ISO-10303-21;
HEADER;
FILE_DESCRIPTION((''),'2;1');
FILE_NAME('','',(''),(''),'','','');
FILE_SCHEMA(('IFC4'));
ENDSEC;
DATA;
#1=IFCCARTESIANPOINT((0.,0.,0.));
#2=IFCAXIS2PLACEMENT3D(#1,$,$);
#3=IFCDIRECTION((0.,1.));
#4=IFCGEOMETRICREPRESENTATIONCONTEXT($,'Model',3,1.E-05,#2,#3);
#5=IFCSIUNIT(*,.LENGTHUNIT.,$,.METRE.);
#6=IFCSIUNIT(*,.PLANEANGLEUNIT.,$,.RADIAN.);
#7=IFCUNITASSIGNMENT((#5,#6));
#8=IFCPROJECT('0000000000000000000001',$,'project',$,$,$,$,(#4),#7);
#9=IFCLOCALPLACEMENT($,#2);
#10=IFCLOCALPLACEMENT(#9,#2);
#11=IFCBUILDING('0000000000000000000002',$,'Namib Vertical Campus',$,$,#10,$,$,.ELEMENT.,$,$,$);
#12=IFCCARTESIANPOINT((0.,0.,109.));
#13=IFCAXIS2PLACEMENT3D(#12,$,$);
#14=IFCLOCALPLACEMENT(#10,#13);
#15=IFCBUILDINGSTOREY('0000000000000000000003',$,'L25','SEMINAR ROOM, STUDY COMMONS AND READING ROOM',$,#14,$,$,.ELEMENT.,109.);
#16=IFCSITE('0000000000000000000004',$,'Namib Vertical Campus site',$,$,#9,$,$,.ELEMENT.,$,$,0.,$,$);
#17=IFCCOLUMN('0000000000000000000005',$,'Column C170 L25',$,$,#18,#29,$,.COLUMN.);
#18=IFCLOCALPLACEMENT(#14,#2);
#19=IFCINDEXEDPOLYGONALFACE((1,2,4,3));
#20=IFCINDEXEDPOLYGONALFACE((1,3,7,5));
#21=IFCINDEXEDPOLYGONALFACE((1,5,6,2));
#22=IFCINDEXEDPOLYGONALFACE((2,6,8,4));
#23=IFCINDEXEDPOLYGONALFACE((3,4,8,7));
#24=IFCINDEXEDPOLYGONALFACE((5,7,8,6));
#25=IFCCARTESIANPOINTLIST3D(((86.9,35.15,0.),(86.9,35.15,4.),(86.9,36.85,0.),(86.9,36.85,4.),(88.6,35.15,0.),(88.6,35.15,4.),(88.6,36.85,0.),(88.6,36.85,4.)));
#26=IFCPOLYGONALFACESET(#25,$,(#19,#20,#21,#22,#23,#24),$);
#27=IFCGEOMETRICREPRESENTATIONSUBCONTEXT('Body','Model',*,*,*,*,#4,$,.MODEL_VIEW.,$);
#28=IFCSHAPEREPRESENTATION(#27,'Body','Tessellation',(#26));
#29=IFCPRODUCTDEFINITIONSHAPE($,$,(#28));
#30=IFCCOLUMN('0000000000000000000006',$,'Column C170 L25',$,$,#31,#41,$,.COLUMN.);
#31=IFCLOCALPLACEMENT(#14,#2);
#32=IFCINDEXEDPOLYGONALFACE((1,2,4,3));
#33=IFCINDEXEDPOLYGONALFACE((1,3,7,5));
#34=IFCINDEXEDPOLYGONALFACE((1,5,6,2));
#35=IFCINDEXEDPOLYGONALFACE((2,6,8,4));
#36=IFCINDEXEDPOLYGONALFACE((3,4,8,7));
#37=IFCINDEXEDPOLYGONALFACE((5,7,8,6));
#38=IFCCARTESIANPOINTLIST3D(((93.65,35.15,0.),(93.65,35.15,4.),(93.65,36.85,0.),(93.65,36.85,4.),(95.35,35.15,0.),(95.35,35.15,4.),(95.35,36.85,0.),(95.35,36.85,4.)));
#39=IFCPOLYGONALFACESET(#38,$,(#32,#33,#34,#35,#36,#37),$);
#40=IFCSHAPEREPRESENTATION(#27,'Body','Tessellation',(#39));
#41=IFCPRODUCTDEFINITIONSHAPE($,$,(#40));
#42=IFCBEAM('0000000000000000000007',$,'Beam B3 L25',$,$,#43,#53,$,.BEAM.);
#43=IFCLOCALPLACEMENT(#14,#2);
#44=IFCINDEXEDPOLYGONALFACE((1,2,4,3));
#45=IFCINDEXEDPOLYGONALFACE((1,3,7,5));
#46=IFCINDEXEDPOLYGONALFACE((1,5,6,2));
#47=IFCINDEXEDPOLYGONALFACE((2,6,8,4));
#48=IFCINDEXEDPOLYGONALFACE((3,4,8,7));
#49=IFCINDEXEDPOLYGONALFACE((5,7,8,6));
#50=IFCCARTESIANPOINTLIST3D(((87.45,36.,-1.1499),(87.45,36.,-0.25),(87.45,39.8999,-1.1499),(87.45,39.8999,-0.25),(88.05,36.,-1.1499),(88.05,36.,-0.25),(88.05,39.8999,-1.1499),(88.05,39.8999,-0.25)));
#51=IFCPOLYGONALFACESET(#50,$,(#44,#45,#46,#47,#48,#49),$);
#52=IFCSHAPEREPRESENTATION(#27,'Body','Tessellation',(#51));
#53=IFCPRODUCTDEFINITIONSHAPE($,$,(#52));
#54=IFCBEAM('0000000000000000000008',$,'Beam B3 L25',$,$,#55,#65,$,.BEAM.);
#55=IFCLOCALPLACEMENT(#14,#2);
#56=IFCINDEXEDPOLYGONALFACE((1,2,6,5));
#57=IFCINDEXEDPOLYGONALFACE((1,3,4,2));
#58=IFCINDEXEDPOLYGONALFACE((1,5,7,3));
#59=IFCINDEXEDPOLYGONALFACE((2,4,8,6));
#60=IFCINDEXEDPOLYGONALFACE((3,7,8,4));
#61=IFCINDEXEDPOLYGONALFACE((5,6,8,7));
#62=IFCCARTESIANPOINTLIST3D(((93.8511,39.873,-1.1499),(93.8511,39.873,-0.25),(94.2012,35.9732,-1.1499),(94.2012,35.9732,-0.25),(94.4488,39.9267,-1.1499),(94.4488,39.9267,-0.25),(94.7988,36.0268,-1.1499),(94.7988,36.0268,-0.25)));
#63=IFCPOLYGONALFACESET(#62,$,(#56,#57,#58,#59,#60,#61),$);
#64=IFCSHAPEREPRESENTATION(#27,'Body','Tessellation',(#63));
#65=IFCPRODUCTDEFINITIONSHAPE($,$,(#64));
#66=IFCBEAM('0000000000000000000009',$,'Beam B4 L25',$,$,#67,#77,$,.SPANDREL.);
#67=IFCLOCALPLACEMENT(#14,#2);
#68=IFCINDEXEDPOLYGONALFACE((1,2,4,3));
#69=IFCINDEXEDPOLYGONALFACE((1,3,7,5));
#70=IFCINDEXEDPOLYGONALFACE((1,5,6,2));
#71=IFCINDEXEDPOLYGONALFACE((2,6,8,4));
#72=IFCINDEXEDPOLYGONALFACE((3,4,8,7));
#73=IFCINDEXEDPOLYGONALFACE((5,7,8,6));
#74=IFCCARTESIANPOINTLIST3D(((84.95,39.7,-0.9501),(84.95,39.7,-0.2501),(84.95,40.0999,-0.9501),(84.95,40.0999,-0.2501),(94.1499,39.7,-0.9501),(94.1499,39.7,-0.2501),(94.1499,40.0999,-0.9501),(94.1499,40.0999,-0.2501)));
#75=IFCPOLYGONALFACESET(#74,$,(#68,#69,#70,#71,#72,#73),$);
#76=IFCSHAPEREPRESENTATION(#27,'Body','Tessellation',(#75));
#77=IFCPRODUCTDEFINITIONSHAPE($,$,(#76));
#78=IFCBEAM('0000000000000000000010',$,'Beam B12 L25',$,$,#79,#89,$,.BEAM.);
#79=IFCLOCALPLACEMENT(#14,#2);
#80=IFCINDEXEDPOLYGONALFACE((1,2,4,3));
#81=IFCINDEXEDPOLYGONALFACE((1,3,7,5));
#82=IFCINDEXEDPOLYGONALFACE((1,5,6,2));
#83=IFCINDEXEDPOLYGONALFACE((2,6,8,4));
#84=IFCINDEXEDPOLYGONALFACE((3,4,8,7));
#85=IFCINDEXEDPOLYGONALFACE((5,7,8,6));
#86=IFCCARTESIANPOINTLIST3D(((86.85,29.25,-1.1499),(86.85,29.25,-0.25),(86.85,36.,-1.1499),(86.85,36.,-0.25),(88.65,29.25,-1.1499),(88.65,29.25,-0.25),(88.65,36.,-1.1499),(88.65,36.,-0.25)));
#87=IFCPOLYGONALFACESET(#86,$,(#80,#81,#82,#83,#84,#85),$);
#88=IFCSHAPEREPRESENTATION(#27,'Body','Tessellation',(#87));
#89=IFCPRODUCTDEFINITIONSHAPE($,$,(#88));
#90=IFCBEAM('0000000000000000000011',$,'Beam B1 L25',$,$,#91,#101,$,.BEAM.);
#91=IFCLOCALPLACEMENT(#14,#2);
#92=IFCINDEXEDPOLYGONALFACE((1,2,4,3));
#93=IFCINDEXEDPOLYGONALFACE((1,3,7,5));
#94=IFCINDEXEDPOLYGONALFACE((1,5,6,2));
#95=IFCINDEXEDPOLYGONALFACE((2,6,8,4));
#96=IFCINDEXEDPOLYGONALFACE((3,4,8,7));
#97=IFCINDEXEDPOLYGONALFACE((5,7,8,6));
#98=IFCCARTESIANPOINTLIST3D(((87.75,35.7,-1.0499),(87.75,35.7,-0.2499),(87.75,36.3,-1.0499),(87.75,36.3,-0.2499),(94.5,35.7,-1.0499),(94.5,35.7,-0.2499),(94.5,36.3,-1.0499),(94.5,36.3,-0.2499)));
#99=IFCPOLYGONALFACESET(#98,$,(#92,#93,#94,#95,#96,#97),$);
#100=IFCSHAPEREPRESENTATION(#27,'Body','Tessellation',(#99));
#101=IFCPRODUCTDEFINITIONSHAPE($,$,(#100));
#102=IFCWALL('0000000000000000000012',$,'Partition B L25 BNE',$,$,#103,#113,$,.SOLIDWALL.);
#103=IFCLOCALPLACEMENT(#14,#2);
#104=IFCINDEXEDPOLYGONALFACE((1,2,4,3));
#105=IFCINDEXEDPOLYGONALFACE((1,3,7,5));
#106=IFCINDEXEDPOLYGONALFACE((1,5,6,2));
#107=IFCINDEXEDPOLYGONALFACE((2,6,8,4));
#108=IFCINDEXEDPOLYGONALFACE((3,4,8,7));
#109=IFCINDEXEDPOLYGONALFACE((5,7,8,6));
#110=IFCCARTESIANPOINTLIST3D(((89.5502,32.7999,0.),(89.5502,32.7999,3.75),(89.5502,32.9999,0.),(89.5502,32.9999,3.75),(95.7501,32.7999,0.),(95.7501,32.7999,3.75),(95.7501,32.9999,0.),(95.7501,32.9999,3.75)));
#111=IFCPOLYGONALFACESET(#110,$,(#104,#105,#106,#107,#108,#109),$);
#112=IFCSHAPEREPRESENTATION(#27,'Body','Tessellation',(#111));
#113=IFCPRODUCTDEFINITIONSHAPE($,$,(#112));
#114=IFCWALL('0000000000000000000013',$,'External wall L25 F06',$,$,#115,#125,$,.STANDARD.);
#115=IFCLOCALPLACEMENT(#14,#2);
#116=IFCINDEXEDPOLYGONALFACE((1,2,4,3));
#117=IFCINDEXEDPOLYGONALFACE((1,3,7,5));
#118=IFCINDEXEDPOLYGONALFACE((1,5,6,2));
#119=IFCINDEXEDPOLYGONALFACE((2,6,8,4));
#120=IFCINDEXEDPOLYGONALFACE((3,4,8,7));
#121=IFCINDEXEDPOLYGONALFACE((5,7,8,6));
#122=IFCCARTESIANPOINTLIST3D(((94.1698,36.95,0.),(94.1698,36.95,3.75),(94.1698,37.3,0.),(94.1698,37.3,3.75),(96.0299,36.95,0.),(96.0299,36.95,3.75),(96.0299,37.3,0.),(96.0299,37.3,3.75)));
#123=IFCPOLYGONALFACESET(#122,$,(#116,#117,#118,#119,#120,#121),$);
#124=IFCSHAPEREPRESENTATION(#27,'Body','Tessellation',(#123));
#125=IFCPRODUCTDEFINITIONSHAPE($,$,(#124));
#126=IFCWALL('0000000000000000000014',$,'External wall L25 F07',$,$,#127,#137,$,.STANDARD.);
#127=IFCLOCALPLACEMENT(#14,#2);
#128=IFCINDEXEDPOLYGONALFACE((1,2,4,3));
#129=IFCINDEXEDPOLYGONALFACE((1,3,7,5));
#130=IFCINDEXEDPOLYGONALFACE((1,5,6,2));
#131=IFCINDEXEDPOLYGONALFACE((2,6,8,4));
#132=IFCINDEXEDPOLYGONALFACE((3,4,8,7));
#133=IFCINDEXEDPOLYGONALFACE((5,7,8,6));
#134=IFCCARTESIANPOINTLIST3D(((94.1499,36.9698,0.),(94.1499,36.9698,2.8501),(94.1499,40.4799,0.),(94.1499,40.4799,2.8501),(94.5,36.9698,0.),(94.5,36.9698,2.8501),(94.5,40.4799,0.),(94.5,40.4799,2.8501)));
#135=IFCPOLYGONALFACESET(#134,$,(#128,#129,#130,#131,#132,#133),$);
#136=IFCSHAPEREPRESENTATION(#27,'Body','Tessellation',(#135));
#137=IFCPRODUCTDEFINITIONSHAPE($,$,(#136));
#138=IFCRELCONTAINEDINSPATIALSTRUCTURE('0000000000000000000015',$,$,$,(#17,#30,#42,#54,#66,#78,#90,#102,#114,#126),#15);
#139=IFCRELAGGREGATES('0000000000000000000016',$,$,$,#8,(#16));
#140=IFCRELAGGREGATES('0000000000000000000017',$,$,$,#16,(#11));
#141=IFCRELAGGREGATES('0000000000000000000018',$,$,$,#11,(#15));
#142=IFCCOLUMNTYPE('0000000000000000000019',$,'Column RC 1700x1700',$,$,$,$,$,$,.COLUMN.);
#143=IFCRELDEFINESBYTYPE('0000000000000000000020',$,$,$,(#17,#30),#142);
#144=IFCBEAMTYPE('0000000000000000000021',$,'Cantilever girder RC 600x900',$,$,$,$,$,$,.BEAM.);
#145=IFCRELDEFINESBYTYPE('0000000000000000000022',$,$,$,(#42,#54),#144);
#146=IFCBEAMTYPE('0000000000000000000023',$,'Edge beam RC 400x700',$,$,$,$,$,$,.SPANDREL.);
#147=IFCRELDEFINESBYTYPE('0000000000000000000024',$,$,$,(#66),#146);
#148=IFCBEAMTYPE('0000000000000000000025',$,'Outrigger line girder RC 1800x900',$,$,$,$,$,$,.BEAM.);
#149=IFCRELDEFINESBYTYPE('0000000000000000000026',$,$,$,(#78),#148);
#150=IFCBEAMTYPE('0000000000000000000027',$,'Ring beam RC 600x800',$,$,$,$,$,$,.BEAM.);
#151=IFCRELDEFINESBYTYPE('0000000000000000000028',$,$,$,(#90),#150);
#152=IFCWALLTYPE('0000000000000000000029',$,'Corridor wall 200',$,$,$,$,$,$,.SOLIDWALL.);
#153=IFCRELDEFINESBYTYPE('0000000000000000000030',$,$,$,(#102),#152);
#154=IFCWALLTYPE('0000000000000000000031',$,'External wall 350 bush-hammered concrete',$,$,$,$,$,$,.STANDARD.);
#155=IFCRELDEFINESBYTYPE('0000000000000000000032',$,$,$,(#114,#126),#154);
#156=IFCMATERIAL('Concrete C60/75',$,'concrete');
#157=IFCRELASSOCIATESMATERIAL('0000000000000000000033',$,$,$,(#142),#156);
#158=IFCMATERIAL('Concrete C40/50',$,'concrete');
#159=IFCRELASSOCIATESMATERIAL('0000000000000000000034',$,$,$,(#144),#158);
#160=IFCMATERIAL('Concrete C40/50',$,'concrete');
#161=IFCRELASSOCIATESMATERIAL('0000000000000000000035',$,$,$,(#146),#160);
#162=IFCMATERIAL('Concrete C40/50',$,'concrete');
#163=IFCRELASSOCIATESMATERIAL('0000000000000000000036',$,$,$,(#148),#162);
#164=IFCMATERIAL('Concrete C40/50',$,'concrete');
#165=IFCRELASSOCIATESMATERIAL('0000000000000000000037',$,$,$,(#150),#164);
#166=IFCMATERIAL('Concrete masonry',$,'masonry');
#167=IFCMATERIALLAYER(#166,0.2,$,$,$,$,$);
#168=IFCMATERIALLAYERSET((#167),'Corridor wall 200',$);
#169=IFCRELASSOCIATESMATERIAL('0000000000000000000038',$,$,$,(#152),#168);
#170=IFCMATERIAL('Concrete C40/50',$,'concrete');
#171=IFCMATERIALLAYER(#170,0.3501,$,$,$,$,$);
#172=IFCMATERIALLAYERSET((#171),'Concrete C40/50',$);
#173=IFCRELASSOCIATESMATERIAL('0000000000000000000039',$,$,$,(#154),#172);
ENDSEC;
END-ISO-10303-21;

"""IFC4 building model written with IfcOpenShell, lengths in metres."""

from ifc_helpers import new_model, si_unit, direction, frame, frame_2d, origin, origin_2d, place, context, subcontext, project, spatial, rectangle, extrude, material, layer, layer_set, material_profile, profile_set, type_object, element, save


model = new_model("IFC4")

# Units and contexts
model_context = context("Model", 3, precision=1e-05, world=origin(), true_north=direction((0.0, 1.0)))
body_context = subcontext(model_context, "Body", "Model", "MODEL_VIEW")
ifc_project = project(units=[si_unit("LENGTHUNIT", "METRE"), si_unit("PLANEANGLEUNIT", "RADIAN")], contexts=[model_context])

# Site, building, storey
site_placement = place(None, origin())
site = spatial("IfcSite", under=ifc_project, at=site_placement, Name="Namib Vertical Campus site", CompositionType="ELEMENT", RefElevation=0.0)
building_placement = place(site_placement, origin())
building = spatial("IfcBuilding", under=site, at=building_placement, Name="Namib Vertical Campus", CompositionType="ELEMENT")
storey_placement = place(building_placement, frame((0.0, 0.0, 109.0)))
storey = spatial("IfcBuildingStorey", under=building, at=storey_placement, Name="L25", Description="SEMINAR ROOM, STUDY COMMONS AND READING ROOM", CompositionType="ELEMENT", Elevation=109.0)

# Columns
ifc_material_1 = material(Name="Concrete C60/75", Category="concrete")
ifc_material_profile_1 = material_profile(ifc_material_1, rectangle(XDim=1.7, YDim=1.7, at=origin_2d()))
ifc_profile_set_1 = profile_set([ifc_material_profile_1], Name="Concrete C60/75")
column_type = type_object("IfcColumnType", Name="Column RC 1700x1700", PredefinedType="COLUMN", material=ifc_profile_set_1)
for number, where, z_axis, x_axis, name in (
    (1, (87.75, 36.0, 0.0), (0.0, 0.0, 1.0), (1.0, 0.0, 0.0), "Column C170 L25"),
    (2, (94.5, 36.0, 0.0), (0.0, 0.0, 1.0), (1.0, 0.0, 0.0), "Column C170 L25"),
):
    element("IfcColumn", number, at=place(storey_placement, frame(where, z_axis=z_axis, x_axis=x_axis)), inside=storey, type_object=column_type, Name=name, PredefinedType="COLUMN", context=body_context, shape_type="SweptSolid", body=[
        extrude(rectangle(XDim=1.7, YDim=1.7, at=origin_2d()), origin(), (0.0, 0.0, 1.0), 4.0),
    ])

# Beams
ifc_material_2 = material(Name="Concrete C40/50", Category="concrete")
ifc_material_profile_2 = material_profile(ifc_material_2, rectangle(XDim=0.6001, YDim=0.8999, at=origin_2d()))
ifc_profile_set_2 = profile_set([ifc_material_profile_2], Name="Concrete C40/50")
beam_type_1 = type_object("IfcBeamType", Name="Cantilever girder RC 600x900", PredefinedType="BEAM", material=ifc_profile_set_2)
beam_1_placement = place(storey_placement, frame((87.75, 36.0, -0.7), z_axis=(0.0, 1.0, 0.0), x_axis=(-1.0, 0.0, 0.0)))
element("IfcBeam", 3, at=beam_1_placement, inside=storey, type_object=beam_type_1, Name="Beam B3 L25", PredefinedType="BEAM", context=body_context, shape_type="SweptSolid", body=[
    extrude(rectangle(XDim=0.6001, YDim=0.8999, at=origin_2d()), origin(), (0.0, 0.0, 1.0), 3.8999),
])
beam_2_placement = place(storey_placement, frame((94.5, 36.0, -0.7), z_axis=(-0.089411, 0.995995, 0.0), x_axis=(-0.995995, -0.089411, 0.0)))
element("IfcBeam", 4, at=beam_2_placement, inside=storey, type_object=beam_type_1, Name="Beam B3 L25", PredefinedType="BEAM", context=body_context, shape_type="SweptSolid", body=[
    extrude(rectangle(XDim=0.6001, YDim=0.8999, at=origin_2d()), origin(), (0.0, 0.0, 1.0), 3.9155),
])
ifc_material_3 = material(Name="Concrete C40/50", Category="concrete")
ifc_material_profile_3 = material_profile(ifc_material_3, rectangle(XDim=0.3999, YDim=0.7, at=origin_2d()))
ifc_profile_set_3 = profile_set([ifc_material_profile_3], Name="Concrete C40/50")
beam_type_2 = type_object("IfcBeamType", Name="Edge beam RC 400x700", PredefinedType="SPANDREL", material=ifc_profile_set_3)
beam_3_placement = place(storey_placement, frame((84.95, 39.8999, -0.6001), z_axis=(1.0, 0.0, 0.0), x_axis=(0.0, 1.0, 0.0)))
element("IfcBeam", 5, at=beam_3_placement, inside=storey, type_object=beam_type_2, Name="Beam B4 L25", PredefinedType="SPANDREL", context=body_context, shape_type="SweptSolid", body=[
    extrude(rectangle(XDim=0.3999, YDim=0.7, at=origin_2d()), origin(), (0.0, 0.0, 1.0), 9.2),
])
ifc_material_4 = material(Name="Concrete C40/50", Category="concrete")
ifc_material_profile_4 = material_profile(ifc_material_4, rectangle(XDim=1.8, YDim=0.8999, at=origin_2d()))
ifc_profile_set_4 = profile_set([ifc_material_profile_4], Name="Concrete C40/50")
beam_type_3 = type_object("IfcBeamType", Name="Outrigger line girder RC 1800x900", PredefinedType="BEAM", material=ifc_profile_set_4)
beam_4_placement = place(storey_placement, frame((87.75, 36.0, -0.7), z_axis=(0.0, -1.0, 0.0), x_axis=(1.0, 0.0, 0.0)))
element("IfcBeam", 6, at=beam_4_placement, inside=storey, type_object=beam_type_3, Name="Beam B12 L25", PredefinedType="BEAM", context=body_context, shape_type="SweptSolid", body=[
    extrude(rectangle(XDim=1.8, YDim=0.8999, at=origin_2d()), origin(), (0.0, 0.0, 1.0), 6.75),
])
ifc_material_5 = material(Name="Concrete C40/50", Category="concrete")
ifc_material_profile_5 = material_profile(ifc_material_5, rectangle(XDim=0.6001, YDim=0.8, at=origin_2d()))
ifc_profile_set_5 = profile_set([ifc_material_profile_5], Name="Concrete C40/50")
beam_type_4 = type_object("IfcBeamType", Name="Ring beam RC 600x800", PredefinedType="BEAM", material=ifc_profile_set_5)
beam_5_placement = place(storey_placement, frame((87.75, 36.0, -0.6499), z_axis=(1.0, 0.0, 0.0), x_axis=(0.0, 1.0, 0.0)))
element("IfcBeam", 7, at=beam_5_placement, inside=storey, type_object=beam_type_4, Name="Beam B1 L25", PredefinedType="BEAM", context=body_context, shape_type="SweptSolid", body=[
    extrude(rectangle(XDim=0.6001, YDim=0.8, at=origin_2d()), origin(), (0.0, 0.0, 1.0), 6.75),
])

# Walls
ifc_material_6 = material(Name="Concrete masonry", Category="masonry")
ifc_layer_1 = layer(ifc_material_6, 0.2)
ifc_layer_set_1 = layer_set([ifc_layer_1], Name="Corridor wall 200")
wall_type_1 = type_object("IfcWallType", Name="Corridor wall 200", PredefinedType="SOLIDWALL", material=ifc_layer_set_1)
wall_1_placement = place(storey_placement, frame((89.55, 32.8999, 0.0), z_axis=(0.0, 0.0, 1.0), x_axis=(1.0, 0.0, 0.0)))
element("IfcWall", 8, at=wall_1_placement, inside=storey, type_object=wall_type_1, Name="Partition B L25 BNE", PredefinedType="SOLIDWALL", context=body_context, shape_type="SweptSolid", body=[
    extrude(rectangle(XDim=6.2, YDim=0.2, at=frame_2d((3.1001, 0.0))), origin(), (0.0, 0.0, 1.0), 3.75),
])
ifc_material_7 = material(Name="Concrete C40/50", Category="concrete")
ifc_layer_2 = layer(ifc_material_7, 0.3501)
ifc_layer_set_2 = layer_set([ifc_layer_2], Name="Concrete C40/50")
wall_type_2 = type_object("IfcWallType", Name="External wall 350 bush-hammered concrete", PredefinedType="STANDARD", material=ifc_layer_set_2)
wall_2_placement = place(storey_placement, frame((96.03, 37.125, 0.0), z_axis=(0.0, 0.0, 1.0), x_axis=(-1.0, 0.0, 0.0)))
element("IfcWall", 9, at=wall_2_placement, inside=storey, type_object=wall_type_2, Name="External wall L25 F06", PredefinedType="STANDARD", context=body_context, shape_type="SweptSolid", body=[
    extrude(rectangle(XDim=1.8601, YDim=0.3501, at=frame_2d((0.9302, 0.0))), origin(), (0.0, 0.0, 1.0), 3.75),
])
wall_3_placement = place(storey_placement, frame((94.325, 36.97, 0.0), z_axis=(0.0, 0.0, 1.0), x_axis=(0.0, 1.0, 0.0)))
element("IfcWall", 10, at=wall_3_placement, inside=storey, type_object=wall_type_2, Name="External wall L25 F07", PredefinedType="STANDARD", context=body_context, shape_type="SweptSolid", body=[
    extrude(rectangle(XDim=3.51, YDim=0.3501, at=frame_2d((1.7549, 0.0))), origin(), (0.0, 0.0, 1.0), 2.8501),
])

save(model, "model.ifc")
